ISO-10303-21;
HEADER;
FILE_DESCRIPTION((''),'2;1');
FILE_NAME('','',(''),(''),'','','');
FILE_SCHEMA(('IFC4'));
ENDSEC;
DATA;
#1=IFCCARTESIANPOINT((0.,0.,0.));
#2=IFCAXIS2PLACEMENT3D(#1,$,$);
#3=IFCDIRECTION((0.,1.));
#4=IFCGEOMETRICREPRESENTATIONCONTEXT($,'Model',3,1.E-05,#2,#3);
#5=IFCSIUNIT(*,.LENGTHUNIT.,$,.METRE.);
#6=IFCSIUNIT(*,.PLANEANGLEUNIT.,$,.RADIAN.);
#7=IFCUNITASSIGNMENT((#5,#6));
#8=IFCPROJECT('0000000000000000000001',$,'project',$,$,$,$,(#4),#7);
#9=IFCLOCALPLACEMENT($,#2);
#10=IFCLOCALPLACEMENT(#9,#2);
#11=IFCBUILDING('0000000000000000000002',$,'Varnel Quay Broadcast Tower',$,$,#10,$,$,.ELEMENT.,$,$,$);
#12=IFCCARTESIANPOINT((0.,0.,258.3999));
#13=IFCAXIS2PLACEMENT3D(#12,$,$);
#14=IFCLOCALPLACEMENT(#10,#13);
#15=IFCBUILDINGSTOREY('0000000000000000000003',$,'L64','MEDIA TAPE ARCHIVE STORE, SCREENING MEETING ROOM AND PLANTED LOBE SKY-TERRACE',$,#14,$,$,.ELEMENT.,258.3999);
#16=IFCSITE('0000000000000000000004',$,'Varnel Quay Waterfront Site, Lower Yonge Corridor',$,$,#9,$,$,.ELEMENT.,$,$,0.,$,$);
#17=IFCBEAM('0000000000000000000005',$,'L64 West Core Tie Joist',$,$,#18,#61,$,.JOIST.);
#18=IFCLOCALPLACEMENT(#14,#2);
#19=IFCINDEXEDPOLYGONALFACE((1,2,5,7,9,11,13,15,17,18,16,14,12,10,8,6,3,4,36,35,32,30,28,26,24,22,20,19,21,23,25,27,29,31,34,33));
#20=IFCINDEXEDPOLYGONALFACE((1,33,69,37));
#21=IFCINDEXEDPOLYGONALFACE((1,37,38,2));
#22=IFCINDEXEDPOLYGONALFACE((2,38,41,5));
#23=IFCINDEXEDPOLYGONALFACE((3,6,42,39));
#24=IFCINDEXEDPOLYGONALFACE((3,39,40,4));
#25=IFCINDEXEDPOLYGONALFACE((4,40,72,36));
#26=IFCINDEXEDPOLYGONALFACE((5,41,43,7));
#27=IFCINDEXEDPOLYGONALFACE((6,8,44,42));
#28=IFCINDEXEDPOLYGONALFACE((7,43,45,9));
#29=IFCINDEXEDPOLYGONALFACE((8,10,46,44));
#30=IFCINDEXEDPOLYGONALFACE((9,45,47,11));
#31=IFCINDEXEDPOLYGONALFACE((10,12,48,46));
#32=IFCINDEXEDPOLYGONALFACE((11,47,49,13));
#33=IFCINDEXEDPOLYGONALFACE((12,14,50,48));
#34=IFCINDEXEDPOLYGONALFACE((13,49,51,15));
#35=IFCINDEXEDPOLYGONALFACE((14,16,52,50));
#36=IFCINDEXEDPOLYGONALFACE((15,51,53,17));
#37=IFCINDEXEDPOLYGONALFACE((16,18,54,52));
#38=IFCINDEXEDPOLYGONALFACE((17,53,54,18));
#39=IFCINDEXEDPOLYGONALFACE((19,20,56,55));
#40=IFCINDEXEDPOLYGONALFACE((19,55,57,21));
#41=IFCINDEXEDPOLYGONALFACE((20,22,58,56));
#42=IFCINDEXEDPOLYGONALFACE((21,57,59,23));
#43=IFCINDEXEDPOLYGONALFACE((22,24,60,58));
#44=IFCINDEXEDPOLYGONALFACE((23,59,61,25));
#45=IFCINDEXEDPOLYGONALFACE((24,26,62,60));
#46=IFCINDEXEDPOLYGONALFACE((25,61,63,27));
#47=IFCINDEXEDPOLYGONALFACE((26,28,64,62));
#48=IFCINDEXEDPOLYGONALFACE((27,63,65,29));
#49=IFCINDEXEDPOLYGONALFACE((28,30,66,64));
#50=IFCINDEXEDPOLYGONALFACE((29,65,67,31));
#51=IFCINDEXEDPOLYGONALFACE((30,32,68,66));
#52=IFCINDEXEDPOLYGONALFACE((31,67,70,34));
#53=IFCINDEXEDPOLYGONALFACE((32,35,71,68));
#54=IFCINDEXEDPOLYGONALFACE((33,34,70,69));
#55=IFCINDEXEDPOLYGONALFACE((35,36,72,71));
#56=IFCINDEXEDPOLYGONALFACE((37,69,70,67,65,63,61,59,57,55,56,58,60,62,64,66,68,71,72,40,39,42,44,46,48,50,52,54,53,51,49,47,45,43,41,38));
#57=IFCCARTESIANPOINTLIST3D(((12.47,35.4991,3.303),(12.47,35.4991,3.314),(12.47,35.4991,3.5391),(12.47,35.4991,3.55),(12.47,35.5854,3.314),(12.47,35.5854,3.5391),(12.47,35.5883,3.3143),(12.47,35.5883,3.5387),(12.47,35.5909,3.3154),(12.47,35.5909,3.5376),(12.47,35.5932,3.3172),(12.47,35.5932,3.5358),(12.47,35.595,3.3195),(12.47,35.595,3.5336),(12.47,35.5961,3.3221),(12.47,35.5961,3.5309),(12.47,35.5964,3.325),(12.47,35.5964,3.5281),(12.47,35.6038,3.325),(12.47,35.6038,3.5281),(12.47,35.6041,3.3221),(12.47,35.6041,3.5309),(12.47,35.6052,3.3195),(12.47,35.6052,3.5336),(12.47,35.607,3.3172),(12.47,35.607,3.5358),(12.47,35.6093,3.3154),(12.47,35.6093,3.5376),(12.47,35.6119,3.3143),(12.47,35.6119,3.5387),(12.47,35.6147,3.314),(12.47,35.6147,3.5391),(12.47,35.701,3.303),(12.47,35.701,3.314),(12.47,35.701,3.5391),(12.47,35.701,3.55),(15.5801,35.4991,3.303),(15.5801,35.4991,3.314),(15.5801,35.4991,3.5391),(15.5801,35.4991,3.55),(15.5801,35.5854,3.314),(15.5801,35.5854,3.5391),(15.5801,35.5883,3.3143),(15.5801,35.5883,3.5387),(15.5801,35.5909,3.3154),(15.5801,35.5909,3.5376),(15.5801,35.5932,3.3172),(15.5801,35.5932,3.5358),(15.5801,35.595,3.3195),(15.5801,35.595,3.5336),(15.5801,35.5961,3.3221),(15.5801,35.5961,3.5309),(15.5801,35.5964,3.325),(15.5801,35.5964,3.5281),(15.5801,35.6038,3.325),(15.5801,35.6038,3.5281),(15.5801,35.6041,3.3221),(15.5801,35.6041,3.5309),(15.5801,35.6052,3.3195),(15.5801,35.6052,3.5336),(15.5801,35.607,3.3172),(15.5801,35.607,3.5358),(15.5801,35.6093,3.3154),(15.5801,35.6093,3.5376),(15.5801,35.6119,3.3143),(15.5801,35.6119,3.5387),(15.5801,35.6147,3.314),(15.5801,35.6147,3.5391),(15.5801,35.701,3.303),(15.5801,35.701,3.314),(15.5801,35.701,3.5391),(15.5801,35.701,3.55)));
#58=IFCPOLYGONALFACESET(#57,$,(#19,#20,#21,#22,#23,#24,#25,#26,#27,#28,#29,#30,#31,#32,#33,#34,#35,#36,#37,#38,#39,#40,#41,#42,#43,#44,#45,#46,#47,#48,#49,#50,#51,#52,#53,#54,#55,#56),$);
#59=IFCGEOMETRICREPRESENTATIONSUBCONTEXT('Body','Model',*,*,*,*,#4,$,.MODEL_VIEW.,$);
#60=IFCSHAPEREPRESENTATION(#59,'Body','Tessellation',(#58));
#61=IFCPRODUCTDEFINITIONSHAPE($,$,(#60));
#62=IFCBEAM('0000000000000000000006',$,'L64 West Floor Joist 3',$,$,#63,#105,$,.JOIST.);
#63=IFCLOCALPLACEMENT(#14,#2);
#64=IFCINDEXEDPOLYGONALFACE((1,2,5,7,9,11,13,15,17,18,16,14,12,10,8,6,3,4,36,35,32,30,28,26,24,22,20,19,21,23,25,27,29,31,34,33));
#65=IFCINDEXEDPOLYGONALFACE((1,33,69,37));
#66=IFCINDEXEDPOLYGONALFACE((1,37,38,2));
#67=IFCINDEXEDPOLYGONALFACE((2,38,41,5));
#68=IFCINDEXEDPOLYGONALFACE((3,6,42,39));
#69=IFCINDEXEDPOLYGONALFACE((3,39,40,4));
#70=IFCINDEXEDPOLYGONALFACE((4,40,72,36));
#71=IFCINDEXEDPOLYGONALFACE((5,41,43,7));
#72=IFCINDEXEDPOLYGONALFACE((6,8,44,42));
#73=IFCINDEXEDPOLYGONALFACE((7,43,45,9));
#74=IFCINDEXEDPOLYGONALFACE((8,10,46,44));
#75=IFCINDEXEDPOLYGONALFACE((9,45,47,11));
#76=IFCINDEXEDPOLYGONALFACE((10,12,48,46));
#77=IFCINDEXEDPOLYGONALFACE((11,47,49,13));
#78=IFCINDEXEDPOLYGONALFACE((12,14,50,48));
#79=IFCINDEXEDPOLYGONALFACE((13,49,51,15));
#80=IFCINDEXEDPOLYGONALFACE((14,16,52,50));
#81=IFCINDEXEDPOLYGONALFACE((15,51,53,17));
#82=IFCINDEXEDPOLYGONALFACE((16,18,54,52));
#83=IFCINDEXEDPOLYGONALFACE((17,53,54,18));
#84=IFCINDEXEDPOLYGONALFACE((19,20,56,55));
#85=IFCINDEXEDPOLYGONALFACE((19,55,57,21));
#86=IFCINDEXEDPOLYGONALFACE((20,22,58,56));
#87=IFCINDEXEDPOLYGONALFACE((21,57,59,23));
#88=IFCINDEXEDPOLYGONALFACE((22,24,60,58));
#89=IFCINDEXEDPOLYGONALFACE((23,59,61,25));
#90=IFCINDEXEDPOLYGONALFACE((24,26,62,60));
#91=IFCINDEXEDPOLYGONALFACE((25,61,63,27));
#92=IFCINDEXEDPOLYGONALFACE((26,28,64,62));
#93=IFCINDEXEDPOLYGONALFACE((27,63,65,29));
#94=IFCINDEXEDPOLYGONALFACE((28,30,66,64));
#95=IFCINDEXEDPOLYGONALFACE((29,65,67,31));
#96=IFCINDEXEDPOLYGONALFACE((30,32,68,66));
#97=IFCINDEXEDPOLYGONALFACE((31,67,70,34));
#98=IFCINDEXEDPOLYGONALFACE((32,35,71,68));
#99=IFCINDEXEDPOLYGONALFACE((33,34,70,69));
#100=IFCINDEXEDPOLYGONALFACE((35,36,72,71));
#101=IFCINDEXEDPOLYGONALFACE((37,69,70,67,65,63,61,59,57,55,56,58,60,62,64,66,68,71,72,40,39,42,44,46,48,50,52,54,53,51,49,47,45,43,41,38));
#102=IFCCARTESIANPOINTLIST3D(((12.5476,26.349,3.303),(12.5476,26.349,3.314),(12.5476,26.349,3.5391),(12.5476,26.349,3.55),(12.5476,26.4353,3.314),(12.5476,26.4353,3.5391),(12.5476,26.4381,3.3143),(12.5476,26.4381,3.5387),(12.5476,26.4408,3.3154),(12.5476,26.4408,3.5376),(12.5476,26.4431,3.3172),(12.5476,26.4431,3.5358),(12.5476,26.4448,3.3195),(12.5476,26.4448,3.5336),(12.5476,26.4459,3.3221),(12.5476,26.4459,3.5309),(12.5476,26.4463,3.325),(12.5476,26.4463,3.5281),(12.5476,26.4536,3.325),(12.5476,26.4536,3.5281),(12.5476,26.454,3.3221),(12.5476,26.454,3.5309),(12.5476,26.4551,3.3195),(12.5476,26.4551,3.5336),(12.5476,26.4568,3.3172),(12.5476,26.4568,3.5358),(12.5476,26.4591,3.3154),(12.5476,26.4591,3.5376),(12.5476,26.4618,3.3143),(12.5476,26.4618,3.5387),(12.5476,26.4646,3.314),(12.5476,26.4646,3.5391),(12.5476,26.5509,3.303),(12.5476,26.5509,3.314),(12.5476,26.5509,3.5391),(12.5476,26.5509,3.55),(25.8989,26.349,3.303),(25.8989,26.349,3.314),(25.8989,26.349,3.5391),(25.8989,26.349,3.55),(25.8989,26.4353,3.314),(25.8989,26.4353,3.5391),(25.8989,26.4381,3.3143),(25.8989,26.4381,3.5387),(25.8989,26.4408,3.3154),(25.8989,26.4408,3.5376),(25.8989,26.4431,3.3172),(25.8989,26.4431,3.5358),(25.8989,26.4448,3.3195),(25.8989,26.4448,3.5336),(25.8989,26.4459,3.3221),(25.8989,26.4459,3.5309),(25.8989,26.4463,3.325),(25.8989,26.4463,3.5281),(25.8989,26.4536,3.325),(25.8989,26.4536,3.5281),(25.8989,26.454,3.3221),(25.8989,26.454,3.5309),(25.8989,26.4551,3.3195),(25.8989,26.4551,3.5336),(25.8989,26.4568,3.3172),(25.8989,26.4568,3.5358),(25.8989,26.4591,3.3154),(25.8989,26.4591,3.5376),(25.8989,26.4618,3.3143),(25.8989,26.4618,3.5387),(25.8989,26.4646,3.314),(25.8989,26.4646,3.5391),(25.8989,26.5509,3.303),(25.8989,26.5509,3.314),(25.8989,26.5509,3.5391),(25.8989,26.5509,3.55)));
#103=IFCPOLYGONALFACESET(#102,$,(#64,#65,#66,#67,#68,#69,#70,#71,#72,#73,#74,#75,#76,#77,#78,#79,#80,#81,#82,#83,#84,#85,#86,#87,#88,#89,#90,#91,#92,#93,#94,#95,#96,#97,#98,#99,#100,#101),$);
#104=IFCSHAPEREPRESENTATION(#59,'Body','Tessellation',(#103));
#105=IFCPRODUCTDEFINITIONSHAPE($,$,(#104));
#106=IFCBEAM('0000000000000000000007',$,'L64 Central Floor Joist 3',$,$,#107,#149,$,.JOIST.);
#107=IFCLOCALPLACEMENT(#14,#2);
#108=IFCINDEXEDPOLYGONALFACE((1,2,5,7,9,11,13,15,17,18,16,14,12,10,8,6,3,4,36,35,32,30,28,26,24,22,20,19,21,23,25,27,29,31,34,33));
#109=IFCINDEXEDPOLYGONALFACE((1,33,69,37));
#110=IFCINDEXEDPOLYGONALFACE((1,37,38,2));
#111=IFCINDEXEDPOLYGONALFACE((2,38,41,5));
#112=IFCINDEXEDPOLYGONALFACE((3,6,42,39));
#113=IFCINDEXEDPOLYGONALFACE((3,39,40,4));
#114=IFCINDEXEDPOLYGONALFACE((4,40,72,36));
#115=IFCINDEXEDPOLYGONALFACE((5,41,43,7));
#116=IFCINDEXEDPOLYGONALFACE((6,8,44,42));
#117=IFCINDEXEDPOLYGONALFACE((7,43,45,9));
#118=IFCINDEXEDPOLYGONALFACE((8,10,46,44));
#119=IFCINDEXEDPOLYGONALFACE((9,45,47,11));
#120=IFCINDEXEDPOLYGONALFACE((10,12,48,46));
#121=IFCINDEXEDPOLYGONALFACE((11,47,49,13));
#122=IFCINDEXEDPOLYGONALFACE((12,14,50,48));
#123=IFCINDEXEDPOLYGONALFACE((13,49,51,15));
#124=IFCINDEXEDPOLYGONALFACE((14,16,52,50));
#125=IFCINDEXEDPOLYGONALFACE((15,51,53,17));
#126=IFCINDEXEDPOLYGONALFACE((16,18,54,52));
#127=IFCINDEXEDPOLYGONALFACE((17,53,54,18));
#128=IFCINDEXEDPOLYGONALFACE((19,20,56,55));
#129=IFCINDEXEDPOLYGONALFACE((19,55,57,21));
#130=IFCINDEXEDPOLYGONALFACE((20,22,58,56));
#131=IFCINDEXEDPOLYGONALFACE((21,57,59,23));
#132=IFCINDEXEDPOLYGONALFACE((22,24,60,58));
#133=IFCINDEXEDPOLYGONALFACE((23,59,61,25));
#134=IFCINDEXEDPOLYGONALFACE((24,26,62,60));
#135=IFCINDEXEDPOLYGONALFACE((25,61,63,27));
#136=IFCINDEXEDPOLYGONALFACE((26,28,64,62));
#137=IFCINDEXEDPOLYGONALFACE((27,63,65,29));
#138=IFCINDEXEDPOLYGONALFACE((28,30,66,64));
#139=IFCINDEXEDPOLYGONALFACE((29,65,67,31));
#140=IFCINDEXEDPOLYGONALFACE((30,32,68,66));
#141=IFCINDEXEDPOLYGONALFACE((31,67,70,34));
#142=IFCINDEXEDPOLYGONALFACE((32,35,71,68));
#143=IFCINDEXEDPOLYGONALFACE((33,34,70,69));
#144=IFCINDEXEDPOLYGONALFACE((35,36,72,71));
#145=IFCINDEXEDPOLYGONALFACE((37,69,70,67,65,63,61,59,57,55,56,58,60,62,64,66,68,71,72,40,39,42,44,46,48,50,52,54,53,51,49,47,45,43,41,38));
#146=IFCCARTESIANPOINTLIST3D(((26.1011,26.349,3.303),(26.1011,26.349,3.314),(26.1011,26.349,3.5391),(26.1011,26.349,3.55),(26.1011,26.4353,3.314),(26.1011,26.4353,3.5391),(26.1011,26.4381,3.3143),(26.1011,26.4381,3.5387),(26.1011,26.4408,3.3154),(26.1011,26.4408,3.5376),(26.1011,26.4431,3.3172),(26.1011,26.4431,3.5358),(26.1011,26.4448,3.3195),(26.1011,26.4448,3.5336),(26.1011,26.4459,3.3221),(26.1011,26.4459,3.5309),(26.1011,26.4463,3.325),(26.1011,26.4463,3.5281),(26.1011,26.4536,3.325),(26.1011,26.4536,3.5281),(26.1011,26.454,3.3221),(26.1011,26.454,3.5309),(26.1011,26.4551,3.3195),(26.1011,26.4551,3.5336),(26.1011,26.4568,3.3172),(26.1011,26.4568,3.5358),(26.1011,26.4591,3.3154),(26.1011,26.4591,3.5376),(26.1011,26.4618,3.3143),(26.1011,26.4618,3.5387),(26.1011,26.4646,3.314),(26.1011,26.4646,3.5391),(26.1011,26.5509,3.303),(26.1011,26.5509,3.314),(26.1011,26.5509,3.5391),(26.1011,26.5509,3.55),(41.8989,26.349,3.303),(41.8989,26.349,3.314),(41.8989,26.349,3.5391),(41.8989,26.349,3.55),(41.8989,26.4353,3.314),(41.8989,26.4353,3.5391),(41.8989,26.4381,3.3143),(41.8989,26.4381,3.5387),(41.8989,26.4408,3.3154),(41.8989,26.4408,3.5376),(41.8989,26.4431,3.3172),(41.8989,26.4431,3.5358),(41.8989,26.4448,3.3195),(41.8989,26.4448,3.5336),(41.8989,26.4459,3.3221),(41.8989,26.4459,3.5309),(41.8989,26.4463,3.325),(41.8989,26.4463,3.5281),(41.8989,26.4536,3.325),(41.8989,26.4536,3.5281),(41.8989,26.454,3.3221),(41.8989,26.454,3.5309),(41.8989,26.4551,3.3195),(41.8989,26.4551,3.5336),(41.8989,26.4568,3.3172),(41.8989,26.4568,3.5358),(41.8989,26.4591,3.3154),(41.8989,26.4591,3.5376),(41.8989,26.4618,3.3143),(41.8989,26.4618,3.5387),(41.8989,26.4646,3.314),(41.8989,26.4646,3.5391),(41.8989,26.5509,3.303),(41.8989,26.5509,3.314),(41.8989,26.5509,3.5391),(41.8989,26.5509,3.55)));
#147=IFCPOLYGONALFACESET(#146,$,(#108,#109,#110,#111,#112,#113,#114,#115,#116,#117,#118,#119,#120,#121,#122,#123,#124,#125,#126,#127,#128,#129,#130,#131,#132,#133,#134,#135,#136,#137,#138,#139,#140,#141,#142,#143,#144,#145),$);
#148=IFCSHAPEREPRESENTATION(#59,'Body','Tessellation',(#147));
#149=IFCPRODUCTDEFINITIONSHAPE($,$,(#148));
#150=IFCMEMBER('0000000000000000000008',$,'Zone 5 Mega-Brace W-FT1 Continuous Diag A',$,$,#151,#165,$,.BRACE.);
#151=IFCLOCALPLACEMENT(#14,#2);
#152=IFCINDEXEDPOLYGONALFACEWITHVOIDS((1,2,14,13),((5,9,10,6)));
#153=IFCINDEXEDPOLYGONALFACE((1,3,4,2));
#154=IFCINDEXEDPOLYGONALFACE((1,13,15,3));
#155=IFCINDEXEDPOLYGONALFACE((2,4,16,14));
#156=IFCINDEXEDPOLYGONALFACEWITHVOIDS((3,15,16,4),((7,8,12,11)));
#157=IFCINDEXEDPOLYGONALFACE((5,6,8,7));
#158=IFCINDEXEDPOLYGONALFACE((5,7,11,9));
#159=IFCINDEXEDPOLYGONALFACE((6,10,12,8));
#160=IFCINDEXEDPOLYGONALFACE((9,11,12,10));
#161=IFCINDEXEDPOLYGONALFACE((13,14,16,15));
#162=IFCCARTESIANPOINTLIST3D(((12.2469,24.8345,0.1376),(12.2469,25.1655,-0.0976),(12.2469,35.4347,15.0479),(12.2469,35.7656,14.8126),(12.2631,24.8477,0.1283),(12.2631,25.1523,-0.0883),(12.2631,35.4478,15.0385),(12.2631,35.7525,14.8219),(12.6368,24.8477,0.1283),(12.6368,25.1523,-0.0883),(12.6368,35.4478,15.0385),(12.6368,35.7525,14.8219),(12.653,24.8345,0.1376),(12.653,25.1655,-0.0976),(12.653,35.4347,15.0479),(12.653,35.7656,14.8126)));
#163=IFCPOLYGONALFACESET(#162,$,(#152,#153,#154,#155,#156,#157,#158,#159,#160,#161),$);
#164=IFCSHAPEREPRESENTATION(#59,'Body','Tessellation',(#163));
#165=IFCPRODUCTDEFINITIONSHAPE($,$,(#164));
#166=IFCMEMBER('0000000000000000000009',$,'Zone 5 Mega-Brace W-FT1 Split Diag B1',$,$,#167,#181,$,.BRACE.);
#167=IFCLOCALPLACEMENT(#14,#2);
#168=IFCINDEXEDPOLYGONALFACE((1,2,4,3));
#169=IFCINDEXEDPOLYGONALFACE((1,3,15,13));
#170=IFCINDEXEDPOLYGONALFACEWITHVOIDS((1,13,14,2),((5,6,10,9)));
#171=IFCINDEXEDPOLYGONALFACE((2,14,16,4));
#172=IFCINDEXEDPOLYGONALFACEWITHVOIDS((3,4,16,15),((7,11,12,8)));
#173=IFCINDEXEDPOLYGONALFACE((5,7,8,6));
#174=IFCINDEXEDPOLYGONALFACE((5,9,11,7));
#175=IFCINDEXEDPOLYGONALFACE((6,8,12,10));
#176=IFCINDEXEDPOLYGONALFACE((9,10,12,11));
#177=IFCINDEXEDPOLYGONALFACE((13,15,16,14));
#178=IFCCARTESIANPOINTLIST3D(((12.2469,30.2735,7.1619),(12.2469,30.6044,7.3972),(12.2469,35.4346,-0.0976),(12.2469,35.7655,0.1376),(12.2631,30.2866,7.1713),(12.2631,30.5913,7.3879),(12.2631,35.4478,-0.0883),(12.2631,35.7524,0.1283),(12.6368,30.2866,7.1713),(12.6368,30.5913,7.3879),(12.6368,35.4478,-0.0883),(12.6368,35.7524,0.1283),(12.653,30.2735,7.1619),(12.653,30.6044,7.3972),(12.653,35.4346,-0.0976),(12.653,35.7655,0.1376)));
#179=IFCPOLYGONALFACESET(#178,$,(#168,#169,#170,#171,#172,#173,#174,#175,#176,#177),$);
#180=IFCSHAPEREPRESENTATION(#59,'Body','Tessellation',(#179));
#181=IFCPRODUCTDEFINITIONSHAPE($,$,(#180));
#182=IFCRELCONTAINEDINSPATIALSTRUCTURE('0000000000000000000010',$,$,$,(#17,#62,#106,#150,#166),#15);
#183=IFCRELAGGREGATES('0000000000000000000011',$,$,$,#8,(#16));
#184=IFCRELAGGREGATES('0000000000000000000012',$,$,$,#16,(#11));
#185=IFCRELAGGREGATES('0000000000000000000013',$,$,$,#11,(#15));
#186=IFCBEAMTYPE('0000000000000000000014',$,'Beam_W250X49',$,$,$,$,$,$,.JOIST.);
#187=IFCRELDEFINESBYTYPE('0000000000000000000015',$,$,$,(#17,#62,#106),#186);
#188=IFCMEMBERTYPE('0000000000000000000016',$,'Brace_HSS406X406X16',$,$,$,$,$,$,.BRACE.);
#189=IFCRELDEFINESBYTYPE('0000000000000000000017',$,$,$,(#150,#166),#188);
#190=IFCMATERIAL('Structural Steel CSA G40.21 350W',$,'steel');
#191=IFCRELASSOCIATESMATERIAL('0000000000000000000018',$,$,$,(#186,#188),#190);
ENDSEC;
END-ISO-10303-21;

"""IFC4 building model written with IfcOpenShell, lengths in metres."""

from ifc_helpers import new_model, si_unit, direction, frame, origin, origin_2d, place, context, subcontext, project, spatial, hollow_rectangle, i_section, extrude, source, transform, mapped, material, material_profile, profile_set, type_object, type_shapes, element, save


model = new_model("IFC4")

# Units and contexts
model_context = context("Model", 3, precision=1e-05, world=origin(), true_north=direction((0.0, 1.0)))
body_context = subcontext(model_context, "Body", "Model", "MODEL_VIEW")
ifc_project = project(units=[si_unit("LENGTHUNIT", "METRE"), si_unit("PLANEANGLEUNIT", "RADIAN")], contexts=[model_context])

# Site, building, storey
site_placement = place(None, origin())
site = spatial("IfcSite", under=ifc_project, at=site_placement, Name="Varnel Quay Waterfront Site, Lower Yonge Corridor", CompositionType="ELEMENT", RefElevation=0.0)
building_placement = place(site_placement, origin())
building = spatial("IfcBuilding", under=site, at=building_placement, Name="Varnel Quay Broadcast Tower", CompositionType="ELEMENT")
storey_placement = place(building_placement, frame((0.0, 0.0, 258.3999)))
storey = spatial("IfcBuildingStorey", under=building, at=storey_placement, Name="L64", Description="MEDIA TAPE ARCHIVE STORE, SCREENING MEETING ROOM AND PLANTED LOBE SKY-TERRACE", CompositionType="ELEMENT", Elevation=258.3999)

# Shared definitions
ifc_material_1 = material(Name="Structural Steel CSA G40.21 350W", Category="steel")

# Beams
ifc_material_profile_1 = material_profile(ifc_material_1, i_section(OverallWidth=0.2019, OverallDepth=0.2471, WebThickness=0.0073, FlangeThickness=0.011, FilletRadius=0.011, at=origin_2d()), Name="W250X49")
ifc_profile_set_1 = profile_set([ifc_material_profile_1], Name="Structural Steel CSA G40.21 350W")
beam_type_1 = type_object("IfcBeamType", Name="Beam_W250X49", PredefinedType="JOIST", material=ifc_profile_set_1)
shared_shape_1 = source(origin(), body_context, "Body", "SweptSolid", [
    extrude(i_section(OverallWidth=0.2019, OverallDepth=0.2471, WebThickness=0.0073, FlangeThickness=0.011, FilletRadius=0.011, at=origin_2d()), origin(), (0.0, 0.0, 1.0), 3.1101),
])
beam_1_placement = place(storey_placement, frame((12.47, 35.6001, 3.4265), z_axis=(1.0, 0.0, 0.0), x_axis=(0.0, 1.0, 0.0)))
element("IfcBeam", 1, at=beam_1_placement, inside=storey, type_object=beam_type_1, Name="L64 West Core Tie Joist", PredefinedType="JOIST", context=body_context, shape_type="MappedRepresentation", body=[
    mapped(shared_shape_1, transform((0.0, 0.0, 0.0), x_axis=(1.0, 0.0, 0.0), y_axis=(0.0, 1.0, 0.0), z_axis=(0.0, 0.0, 1.0), scale=1.0)),
])
shared_shape_2 = source(origin(), body_context, "Body", "SweptSolid", [
    extrude(i_section(OverallWidth=0.2019, OverallDepth=0.2471, WebThickness=0.0073, FlangeThickness=0.011, FilletRadius=0.011, at=origin_2d()), origin(), (0.0, 0.0, 1.0), 13.3513),
])
beam_2_placement = place(storey_placement, frame((12.5476, 26.45, 3.4265), z_axis=(1.0, 0.0, 0.0), x_axis=(0.0, 1.0, 0.0)))
element("IfcBeam", 2, at=beam_2_placement, inside=storey, type_object=beam_type_1, Name="L64 West Floor Joist 3", PredefinedType="JOIST", context=body_context, shape_type="MappedRepresentation", body=[
    mapped(shared_shape_2, transform((0.0, 0.0, 0.0), x_axis=(1.0, 0.0, 0.0), y_axis=(0.0, 1.0, 0.0), z_axis=(0.0, 0.0, 1.0), scale=1.0)),
])
shared_shape_3 = source(origin(), body_context, "Body", "SweptSolid", [
    extrude(i_section(OverallWidth=0.2019, OverallDepth=0.2471, WebThickness=0.0073, FlangeThickness=0.011, FilletRadius=0.011, at=origin_2d()), origin(), (0.0, 0.0, 1.0), 15.7979),
])
type_shapes(beam_type_1, [shared_shape_1, shared_shape_2, shared_shape_3])
beam_3_placement = place(storey_placement, frame((26.1011, 26.45, 3.4265), z_axis=(1.0, 0.0, 0.0), x_axis=(0.0, 1.0, 0.0)))
element("IfcBeam", 3, at=beam_3_placement, inside=storey, type_object=beam_type_1, Name="L64 Central Floor Joist 3", PredefinedType="JOIST", context=body_context, shape_type="MappedRepresentation", body=[
    mapped(shared_shape_3, transform((0.0, 0.0, 0.0), x_axis=(1.0, 0.0, 0.0), y_axis=(0.0, 1.0, 0.0), z_axis=(0.0, 0.0, 1.0), scale=1.0)),
])

# Members
ifc_material_profile_2 = material_profile(ifc_material_1, hollow_rectangle(XDim=0.406, YDim=0.406, WallThickness=0.0161, at=origin_2d()), Name="HSS406X406X16")
ifc_profile_set_2 = profile_set([ifc_material_profile_2], Name="Structural Steel CSA G40.21 350W")
member_type_1 = type_object("IfcMemberType", Name="Brace_HSS406X406X16", PredefinedType="BRACE", material=ifc_profile_set_2)
shared_shape_4 = source(origin(), body_context, "Body", "SweptSolid", [
    extrude(hollow_rectangle(XDim=0.406, YDim=0.406, WallThickness=0.0161, at=origin_2d()), origin(), (0.0, 0.0, 1.0), 18.2942),
])
member_1_placement = place(storey_placement, frame((12.45, 25.0, 0.02), z_axis=(0.0, 0.579426, 0.815025), x_axis=(-1.0, 0.0, 0.0)))
element("IfcMember", 4, at=member_1_placement, inside=storey, type_object=member_type_1, Name="Zone 5 Mega-Brace W-FT1 Continuous Diag A", PredefinedType="BRACE", context=body_context, shape_type="MappedRepresentation", body=[
    mapped(shared_shape_4, transform((0.0, 0.0, 0.0), x_axis=(1.0, 0.0, 0.0), y_axis=(0.0, 1.0, 0.0), z_axis=(0.0, 0.0, 1.0), scale=1.0)),
])
shared_shape_5 = source(origin(), body_context, "Body", "SweptSolid", [
    extrude(hollow_rectangle(XDim=0.406, YDim=0.406, WallThickness=0.0161, at=origin_2d()), origin(), (0.0, 0.0, 1.0), 8.9072),
])
type_shapes(member_type_1, [shared_shape_4, shared_shape_5])
member_2_placement = place(storey_placement, frame((12.45, 35.6001, 0.02), z_axis=(0.0, -0.579435, 0.815019), x_axis=(1.0, 0.0, 0.0)))
element("IfcMember", 5, at=member_2_placement, inside=storey, type_object=member_type_1, Name="Zone 5 Mega-Brace W-FT1 Split Diag B1", PredefinedType="BRACE", context=body_context, shape_type="MappedRepresentation", body=[
    mapped(shared_shape_5, transform((0.0, 0.0, 0.0), x_axis=(1.0, 0.0, 0.0), y_axis=(0.0, 1.0, 0.0), z_axis=(0.0, 0.0, 1.0), scale=1.0)),
])

save(model, "model.ifc")
